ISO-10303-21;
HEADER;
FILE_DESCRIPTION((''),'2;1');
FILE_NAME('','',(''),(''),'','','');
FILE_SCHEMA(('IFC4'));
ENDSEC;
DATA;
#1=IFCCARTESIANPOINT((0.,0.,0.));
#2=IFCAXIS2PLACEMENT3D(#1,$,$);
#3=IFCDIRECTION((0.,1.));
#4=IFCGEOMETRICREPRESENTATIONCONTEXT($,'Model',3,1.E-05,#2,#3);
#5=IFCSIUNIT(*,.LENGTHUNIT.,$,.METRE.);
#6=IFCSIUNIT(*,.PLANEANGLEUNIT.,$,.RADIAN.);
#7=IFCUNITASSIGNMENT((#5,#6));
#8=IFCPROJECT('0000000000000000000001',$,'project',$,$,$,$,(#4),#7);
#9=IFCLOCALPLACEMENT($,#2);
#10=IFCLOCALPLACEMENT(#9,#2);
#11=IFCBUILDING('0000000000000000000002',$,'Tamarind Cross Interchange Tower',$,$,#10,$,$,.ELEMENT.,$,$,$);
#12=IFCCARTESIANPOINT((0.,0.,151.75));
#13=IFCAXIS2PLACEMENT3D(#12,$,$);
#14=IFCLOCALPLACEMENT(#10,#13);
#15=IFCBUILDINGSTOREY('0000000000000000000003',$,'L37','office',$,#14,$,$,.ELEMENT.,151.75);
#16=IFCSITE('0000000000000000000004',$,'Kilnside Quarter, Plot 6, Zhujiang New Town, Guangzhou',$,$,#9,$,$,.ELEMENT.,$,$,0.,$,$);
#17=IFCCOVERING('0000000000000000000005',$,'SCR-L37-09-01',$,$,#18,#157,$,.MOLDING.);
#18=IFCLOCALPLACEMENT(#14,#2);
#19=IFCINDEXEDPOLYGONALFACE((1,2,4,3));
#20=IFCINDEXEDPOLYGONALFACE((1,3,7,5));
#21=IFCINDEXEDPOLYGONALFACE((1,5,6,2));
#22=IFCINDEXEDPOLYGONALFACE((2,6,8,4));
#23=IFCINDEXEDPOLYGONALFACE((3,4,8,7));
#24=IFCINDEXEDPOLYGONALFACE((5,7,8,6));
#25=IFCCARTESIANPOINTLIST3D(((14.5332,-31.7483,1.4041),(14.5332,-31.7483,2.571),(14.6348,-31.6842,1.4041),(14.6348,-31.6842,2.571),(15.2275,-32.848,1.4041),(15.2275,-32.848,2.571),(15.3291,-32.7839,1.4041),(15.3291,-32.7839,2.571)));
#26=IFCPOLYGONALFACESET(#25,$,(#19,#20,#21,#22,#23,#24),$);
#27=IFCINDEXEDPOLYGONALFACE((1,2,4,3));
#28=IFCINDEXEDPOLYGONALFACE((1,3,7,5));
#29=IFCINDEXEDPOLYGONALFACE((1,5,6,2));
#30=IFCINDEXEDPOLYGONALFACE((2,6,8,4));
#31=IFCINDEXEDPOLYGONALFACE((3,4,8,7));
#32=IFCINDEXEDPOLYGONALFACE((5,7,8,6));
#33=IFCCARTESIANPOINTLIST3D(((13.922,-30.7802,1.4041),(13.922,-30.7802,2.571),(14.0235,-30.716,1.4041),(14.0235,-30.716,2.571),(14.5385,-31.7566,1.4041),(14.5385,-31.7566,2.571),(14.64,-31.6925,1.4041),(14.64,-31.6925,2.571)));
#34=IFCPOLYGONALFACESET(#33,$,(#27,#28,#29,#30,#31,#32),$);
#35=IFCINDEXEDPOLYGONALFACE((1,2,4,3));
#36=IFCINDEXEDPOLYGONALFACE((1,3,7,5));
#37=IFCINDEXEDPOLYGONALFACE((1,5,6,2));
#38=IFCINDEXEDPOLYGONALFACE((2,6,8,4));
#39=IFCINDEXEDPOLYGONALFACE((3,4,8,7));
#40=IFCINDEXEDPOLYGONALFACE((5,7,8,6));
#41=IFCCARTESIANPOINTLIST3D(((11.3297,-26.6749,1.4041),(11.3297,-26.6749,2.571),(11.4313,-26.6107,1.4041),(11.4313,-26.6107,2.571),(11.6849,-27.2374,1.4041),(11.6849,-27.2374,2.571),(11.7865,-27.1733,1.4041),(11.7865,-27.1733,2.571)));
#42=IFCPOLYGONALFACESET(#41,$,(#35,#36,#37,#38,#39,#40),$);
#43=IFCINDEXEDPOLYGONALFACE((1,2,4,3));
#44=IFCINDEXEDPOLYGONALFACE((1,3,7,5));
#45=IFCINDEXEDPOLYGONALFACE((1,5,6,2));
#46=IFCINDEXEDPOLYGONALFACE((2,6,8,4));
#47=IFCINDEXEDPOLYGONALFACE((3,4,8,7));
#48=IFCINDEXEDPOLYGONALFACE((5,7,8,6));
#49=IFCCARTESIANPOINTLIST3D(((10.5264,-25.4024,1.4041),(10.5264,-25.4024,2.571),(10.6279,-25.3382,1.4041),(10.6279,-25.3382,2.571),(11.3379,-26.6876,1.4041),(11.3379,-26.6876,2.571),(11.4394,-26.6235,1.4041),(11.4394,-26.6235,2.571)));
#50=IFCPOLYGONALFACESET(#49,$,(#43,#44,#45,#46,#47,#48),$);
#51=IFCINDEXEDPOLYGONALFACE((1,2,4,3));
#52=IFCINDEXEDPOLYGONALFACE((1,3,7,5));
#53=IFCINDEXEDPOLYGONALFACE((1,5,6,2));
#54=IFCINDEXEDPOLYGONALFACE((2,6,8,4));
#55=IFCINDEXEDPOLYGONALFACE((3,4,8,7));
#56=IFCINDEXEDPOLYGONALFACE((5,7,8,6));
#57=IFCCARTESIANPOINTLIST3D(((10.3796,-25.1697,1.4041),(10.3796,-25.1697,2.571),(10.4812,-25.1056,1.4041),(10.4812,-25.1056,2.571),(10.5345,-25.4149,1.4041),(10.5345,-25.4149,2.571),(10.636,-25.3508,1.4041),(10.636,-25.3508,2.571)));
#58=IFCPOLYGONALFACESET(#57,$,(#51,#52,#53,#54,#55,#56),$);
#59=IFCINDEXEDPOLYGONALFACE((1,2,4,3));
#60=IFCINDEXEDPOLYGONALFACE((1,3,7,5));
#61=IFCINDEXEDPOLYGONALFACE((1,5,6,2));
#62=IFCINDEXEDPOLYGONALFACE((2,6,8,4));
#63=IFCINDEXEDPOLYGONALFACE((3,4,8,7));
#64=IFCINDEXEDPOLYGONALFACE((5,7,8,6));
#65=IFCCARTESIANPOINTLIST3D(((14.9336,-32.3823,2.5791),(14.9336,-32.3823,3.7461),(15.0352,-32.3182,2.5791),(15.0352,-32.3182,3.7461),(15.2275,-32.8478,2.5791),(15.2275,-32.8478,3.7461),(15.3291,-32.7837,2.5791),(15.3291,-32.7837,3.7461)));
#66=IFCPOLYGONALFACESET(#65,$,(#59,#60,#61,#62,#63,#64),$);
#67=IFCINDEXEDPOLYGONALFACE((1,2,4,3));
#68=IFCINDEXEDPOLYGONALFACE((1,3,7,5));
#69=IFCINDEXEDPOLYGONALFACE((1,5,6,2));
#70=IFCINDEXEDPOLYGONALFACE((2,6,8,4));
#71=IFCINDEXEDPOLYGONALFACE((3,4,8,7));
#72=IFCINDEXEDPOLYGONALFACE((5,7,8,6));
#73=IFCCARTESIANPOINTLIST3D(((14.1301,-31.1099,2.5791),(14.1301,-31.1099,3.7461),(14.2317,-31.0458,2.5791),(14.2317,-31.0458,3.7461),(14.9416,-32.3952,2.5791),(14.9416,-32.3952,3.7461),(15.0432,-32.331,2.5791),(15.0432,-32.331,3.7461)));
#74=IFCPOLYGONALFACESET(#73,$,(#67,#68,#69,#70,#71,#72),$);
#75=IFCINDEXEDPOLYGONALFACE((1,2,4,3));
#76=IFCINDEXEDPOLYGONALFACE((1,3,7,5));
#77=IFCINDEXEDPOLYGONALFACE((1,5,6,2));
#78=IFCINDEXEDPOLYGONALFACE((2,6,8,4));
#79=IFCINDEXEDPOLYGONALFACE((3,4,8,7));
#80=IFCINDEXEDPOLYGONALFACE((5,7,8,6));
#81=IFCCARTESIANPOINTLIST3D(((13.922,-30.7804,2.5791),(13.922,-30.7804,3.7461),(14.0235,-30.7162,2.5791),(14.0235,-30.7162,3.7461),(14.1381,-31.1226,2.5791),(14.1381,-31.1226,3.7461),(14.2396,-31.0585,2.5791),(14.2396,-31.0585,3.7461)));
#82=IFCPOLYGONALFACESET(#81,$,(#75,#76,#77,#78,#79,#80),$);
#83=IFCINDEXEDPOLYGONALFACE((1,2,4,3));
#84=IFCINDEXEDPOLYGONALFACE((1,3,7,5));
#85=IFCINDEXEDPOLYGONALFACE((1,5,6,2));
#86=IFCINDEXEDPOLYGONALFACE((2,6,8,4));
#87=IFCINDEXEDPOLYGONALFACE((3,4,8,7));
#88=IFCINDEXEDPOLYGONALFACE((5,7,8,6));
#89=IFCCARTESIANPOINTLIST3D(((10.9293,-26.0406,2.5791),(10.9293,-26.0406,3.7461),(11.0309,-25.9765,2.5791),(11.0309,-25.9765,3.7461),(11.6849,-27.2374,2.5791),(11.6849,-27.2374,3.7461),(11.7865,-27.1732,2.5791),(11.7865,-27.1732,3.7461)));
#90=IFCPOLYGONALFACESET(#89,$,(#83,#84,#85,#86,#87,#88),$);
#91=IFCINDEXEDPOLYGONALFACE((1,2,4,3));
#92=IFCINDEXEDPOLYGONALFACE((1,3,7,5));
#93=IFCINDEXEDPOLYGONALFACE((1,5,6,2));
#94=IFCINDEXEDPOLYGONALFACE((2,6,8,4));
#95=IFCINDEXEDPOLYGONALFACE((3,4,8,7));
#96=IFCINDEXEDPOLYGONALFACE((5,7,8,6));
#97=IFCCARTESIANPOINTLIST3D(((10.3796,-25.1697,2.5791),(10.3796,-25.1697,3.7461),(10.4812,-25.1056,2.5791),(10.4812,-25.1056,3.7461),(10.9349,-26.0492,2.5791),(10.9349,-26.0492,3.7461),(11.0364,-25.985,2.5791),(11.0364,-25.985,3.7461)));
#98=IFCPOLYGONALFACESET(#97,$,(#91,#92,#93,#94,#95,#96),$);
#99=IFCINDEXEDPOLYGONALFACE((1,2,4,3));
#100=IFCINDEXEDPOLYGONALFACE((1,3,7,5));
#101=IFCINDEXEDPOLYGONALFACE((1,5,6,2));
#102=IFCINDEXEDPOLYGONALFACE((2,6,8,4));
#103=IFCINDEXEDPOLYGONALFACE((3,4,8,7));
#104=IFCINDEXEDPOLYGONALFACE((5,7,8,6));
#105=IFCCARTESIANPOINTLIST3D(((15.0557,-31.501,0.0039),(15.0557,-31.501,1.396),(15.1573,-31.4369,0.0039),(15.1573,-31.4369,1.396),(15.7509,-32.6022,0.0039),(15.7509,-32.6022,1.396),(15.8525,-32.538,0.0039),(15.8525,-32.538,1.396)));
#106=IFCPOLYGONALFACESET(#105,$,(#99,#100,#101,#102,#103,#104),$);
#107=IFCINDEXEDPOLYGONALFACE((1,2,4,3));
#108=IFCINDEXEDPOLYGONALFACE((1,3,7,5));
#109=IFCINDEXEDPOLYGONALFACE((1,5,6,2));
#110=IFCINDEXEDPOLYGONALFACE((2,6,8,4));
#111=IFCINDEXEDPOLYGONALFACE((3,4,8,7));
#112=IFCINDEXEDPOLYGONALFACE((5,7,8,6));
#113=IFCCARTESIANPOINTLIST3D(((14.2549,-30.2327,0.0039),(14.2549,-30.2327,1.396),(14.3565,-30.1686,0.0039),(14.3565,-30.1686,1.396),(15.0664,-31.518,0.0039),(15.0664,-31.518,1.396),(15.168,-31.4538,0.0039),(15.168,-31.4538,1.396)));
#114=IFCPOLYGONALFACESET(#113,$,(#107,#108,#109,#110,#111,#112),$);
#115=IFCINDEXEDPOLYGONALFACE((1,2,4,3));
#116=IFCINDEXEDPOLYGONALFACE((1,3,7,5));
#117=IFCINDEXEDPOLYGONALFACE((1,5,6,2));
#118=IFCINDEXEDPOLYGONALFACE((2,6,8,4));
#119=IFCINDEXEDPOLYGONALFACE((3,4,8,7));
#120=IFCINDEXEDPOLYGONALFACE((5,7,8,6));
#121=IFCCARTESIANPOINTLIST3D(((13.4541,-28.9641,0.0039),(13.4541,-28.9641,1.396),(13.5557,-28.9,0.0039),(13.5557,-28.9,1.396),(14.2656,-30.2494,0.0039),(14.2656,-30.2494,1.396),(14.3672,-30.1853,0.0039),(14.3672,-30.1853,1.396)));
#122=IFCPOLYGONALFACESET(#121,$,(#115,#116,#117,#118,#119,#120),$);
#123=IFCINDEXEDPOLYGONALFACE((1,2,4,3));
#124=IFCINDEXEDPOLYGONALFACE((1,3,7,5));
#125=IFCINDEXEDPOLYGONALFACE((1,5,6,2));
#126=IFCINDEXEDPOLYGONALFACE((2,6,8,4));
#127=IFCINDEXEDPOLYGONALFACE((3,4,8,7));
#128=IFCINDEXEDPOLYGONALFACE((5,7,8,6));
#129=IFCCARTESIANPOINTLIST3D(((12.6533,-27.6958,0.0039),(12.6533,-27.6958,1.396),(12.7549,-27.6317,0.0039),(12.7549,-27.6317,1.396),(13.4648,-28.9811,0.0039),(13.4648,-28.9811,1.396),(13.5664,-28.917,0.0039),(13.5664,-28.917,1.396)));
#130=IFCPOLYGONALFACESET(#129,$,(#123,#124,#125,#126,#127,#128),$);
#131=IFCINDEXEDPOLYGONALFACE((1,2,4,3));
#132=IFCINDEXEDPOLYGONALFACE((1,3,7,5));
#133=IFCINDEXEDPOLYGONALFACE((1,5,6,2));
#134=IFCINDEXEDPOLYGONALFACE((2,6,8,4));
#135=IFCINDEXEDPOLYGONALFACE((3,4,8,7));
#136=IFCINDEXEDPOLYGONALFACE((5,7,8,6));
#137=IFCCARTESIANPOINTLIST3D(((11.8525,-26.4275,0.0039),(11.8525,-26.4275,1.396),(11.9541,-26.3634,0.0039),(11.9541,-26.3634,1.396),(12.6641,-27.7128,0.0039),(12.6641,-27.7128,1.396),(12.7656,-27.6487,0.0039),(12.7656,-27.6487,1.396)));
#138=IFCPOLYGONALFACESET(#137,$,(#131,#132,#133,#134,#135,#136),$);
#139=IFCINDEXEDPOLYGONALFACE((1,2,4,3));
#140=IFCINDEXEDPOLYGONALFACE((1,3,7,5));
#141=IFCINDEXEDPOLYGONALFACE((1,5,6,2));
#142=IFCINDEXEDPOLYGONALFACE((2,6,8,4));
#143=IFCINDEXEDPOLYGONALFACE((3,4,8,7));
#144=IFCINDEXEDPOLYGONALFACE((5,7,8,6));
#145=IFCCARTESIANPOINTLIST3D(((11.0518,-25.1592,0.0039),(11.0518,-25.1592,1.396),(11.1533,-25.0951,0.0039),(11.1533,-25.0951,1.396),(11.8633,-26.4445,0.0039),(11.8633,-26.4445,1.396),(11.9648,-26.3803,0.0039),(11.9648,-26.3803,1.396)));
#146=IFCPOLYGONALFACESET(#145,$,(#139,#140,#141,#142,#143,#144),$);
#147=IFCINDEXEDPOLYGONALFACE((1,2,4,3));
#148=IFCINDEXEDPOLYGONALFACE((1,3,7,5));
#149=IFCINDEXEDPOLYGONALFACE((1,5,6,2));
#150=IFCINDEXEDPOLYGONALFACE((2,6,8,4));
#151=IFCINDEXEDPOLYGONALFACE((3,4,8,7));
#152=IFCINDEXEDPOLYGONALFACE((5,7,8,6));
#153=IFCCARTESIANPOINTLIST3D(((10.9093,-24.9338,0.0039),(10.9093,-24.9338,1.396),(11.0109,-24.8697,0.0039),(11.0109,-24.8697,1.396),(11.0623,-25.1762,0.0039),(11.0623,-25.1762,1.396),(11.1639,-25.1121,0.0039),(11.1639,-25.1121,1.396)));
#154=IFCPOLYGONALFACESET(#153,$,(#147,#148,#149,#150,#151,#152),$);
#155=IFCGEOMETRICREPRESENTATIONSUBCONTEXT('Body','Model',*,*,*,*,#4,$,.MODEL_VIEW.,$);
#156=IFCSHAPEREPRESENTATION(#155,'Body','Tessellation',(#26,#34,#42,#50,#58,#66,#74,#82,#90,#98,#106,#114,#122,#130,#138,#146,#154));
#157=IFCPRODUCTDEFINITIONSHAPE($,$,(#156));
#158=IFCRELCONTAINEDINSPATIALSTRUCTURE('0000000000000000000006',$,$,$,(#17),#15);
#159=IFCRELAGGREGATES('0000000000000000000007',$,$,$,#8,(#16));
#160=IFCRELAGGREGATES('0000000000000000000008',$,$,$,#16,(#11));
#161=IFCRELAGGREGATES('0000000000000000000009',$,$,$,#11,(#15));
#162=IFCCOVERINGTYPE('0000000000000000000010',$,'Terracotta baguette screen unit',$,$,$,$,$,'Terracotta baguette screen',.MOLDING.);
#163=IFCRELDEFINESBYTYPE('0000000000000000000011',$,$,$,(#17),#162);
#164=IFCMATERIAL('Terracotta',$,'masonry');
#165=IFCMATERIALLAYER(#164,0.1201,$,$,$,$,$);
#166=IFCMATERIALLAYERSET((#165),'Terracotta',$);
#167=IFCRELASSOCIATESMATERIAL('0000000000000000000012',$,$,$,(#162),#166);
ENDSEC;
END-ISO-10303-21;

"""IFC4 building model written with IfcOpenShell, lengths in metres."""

from ifc_helpers import new_model, si_unit, direction, frame, origin, origin_2d, place, context, subcontext, project, spatial, rectangle, extrude, material, layer, layer_set, type_object, element, save


model = new_model("IFC4")

# Units and contexts
model_context = context("Model", 3, precision=1e-05, world=origin(), true_north=direction((0.0, 1.0)))
body_context = subcontext(model_context, "Body", "Model", "MODEL_VIEW")
ifc_project = project(units=[si_unit("LENGTHUNIT", "METRE"), si_unit("PLANEANGLEUNIT", "RADIAN")], contexts=[model_context])

# Site, building, storey
site_placement = place(None, origin())
site = spatial("IfcSite", under=ifc_project, at=site_placement, Name="Kilnside Quarter, Plot 6, Zhujiang New Town, Guangzhou", CompositionType="ELEMENT", RefElevation=0.0)
building_placement = place(site_placement, origin())
building = spatial("IfcBuilding", under=site, at=building_placement, Name="Tamarind Cross Interchange Tower", CompositionType="ELEMENT")
storey_placement = place(building_placement, frame((0.0, 0.0, 151.75)))
storey = spatial("IfcBuildingStorey", under=building, at=storey_placement, Name="L37", Description="office", CompositionType="ELEMENT", Elevation=151.75)

# Covering
ifc_material_1 = material(Name="Terracotta", Category="masonry")
ifc_layer_1 = layer(ifc_material_1, 0.1201)
ifc_layer_set_1 = layer_set([ifc_layer_1], Name="Terracotta")
covering_type = type_object("IfcCoveringType", Name="Terracotta baguette screen unit", ElementType="Terracotta baguette screen", PredefinedType="MOLDING", material=ifc_layer_set_1)
covering_1_placement = place(storey_placement, origin())
element("IfcCovering", 1, at=covering_1_placement, inside=storey, type_object=covering_type, Name="SCR-L37-09-01", PredefinedType="MOLDING", context=body_context, shape_type="SweptSolid", body=[
    extrude(rectangle(XDim=1.3005, YDim=0.1201, at=origin_2d()), frame((14.9312, -32.2661, 1.4041), z_axis=(0.0, 0.0, 1.0), x_axis=(-0.533881, 0.84556, 0.0)), (0.0, 0.0, 1.0), 1.167),
    extrude(rectangle(XDim=1.1548, YDim=0.1201, at=origin_2d()), frame((14.281, -31.2363, 1.4041), z_axis=(0.0, 0.0, 1.0), x_axis=(-0.533881, 0.84556, 0.0)), (0.0, 0.0, 1.0), 1.167),
    extrude(rectangle(XDim=0.6653, YDim=0.1201, at=origin_2d()), frame((11.5581, -26.9241, 1.4041), z_axis=(0.0, 0.0, 1.0), x_axis=(-0.533881, 0.84556, 0.0)), (0.0, 0.0, 1.0), 1.167),
    extrude(rectangle(XDim=1.52, YDim=0.1201, at=origin_2d()), frame((10.9829, -26.0129, 1.4041), z_axis=(0.0, 0.0, 1.0), x_axis=(-0.533881, 0.84556, 0.0)), (0.0, 0.0, 1.0), 1.167),
    extrude(rectangle(XDim=0.29, YDim=0.1201, at=origin_2d()), frame((10.5078, -25.2603, 1.4041), z_axis=(0.0, 0.0, 1.0), x_axis=(-0.533881, 0.84556, 0.0)), (0.0, 0.0, 1.0), 1.167),
    extrude(rectangle(XDim=0.5505, YDim=0.1201, at=origin_2d()), frame((15.1313, -32.583, 2.5791), z_axis=(0.0, 0.0, 1.0), x_axis=(-0.533881, 0.84556, 0.0)), (0.0, 0.0, 1.0), 1.167),
    extrude(rectangle(XDim=1.52, YDim=0.1201, at=origin_2d()), frame((14.5867, -31.7205, 2.5791), z_axis=(0.0, 0.0, 1.0), x_axis=(-0.533881, 0.84556, 0.0)), (0.0, 0.0, 1.0), 1.167),
    extrude(rectangle(XDim=0.4048, YDim=0.1201, at=origin_2d()), frame((14.0808, -30.9194, 2.5791), z_axis=(0.0, 0.0, 1.0), x_axis=(-0.533881, 0.84556, 0.0)), (0.0, 0.0, 1.0), 1.167),
    extrude(rectangle(XDim=1.4153, YDim=0.1201, at=origin_2d()), frame((11.3579, -26.6069, 2.5791), z_axis=(0.0, 0.0, 1.0), x_axis=(-0.533881, 0.84556, 0.0)), (0.0, 0.0, 1.0), 1.167),
    extrude(rectangle(XDim=1.04, YDim=0.1201, at=origin_2d()), frame((10.708, -25.5774, 2.5791), z_axis=(0.0, 0.0, 1.0), x_axis=(-0.533881, 0.84556, 0.0)), (0.0, 0.0, 1.0), 1.167),
    extrude(rectangle(XDim=1.3022, YDim=0.1201, at=origin_2d()), frame((15.4541, -32.0195, 0.0039), z_axis=(0.0, 0.0, 1.0), x_axis=(-0.533881, 0.84556, 0.0)), (0.0, 0.0, 1.0), 1.3921),
    extrude(rectangle(XDim=1.52, YDim=0.1201, at=origin_2d()), frame((14.7114, -30.8433, 0.0039), z_axis=(0.0, 0.0, 1.0), x_axis=(-0.533881, 0.84556, 0.0)), (0.0, 0.0, 1.0), 1.3921),
    extrude(rectangle(XDim=1.52, YDim=0.1201, at=origin_2d()), frame((13.9106, -29.5747, 0.0039), z_axis=(0.0, 0.0, 1.0), x_axis=(-0.533881, 0.84556, 0.0)), (0.0, 0.0, 1.0), 1.3921),
    extrude(rectangle(XDim=1.52, YDim=0.1201, at=origin_2d()), frame((13.1099, -28.3064, 0.0039), z_axis=(0.0, 0.0, 1.0), x_axis=(-0.533881, 0.84556, 0.0)), (0.0, 0.0, 1.0), 1.3921),
    extrude(rectangle(XDim=1.52, YDim=0.1201, at=origin_2d()), frame((12.3091, -27.0381, 0.0039), z_axis=(0.0, 0.0, 1.0), x_axis=(-0.533881, 0.84556, 0.0)), (0.0, 0.0, 1.0), 1.3921),
    extrude(rectangle(XDim=1.52, YDim=0.1201, at=origin_2d()), frame((11.5083, -25.7698, 0.0039), z_axis=(0.0, 0.0, 1.0), x_axis=(-0.533881, 0.84556, 0.0)), (0.0, 0.0, 1.0), 1.3921),
    extrude(rectangle(XDim=0.2866, YDim=0.1201, at=origin_2d()), frame((11.0366, -25.0229, 0.0039), z_axis=(0.0, 0.0, 1.0), x_axis=(-0.533881, 0.84556, 0.0)), (0.0, 0.0, 1.0), 1.3921),
])

save(model, "model.ifc")
